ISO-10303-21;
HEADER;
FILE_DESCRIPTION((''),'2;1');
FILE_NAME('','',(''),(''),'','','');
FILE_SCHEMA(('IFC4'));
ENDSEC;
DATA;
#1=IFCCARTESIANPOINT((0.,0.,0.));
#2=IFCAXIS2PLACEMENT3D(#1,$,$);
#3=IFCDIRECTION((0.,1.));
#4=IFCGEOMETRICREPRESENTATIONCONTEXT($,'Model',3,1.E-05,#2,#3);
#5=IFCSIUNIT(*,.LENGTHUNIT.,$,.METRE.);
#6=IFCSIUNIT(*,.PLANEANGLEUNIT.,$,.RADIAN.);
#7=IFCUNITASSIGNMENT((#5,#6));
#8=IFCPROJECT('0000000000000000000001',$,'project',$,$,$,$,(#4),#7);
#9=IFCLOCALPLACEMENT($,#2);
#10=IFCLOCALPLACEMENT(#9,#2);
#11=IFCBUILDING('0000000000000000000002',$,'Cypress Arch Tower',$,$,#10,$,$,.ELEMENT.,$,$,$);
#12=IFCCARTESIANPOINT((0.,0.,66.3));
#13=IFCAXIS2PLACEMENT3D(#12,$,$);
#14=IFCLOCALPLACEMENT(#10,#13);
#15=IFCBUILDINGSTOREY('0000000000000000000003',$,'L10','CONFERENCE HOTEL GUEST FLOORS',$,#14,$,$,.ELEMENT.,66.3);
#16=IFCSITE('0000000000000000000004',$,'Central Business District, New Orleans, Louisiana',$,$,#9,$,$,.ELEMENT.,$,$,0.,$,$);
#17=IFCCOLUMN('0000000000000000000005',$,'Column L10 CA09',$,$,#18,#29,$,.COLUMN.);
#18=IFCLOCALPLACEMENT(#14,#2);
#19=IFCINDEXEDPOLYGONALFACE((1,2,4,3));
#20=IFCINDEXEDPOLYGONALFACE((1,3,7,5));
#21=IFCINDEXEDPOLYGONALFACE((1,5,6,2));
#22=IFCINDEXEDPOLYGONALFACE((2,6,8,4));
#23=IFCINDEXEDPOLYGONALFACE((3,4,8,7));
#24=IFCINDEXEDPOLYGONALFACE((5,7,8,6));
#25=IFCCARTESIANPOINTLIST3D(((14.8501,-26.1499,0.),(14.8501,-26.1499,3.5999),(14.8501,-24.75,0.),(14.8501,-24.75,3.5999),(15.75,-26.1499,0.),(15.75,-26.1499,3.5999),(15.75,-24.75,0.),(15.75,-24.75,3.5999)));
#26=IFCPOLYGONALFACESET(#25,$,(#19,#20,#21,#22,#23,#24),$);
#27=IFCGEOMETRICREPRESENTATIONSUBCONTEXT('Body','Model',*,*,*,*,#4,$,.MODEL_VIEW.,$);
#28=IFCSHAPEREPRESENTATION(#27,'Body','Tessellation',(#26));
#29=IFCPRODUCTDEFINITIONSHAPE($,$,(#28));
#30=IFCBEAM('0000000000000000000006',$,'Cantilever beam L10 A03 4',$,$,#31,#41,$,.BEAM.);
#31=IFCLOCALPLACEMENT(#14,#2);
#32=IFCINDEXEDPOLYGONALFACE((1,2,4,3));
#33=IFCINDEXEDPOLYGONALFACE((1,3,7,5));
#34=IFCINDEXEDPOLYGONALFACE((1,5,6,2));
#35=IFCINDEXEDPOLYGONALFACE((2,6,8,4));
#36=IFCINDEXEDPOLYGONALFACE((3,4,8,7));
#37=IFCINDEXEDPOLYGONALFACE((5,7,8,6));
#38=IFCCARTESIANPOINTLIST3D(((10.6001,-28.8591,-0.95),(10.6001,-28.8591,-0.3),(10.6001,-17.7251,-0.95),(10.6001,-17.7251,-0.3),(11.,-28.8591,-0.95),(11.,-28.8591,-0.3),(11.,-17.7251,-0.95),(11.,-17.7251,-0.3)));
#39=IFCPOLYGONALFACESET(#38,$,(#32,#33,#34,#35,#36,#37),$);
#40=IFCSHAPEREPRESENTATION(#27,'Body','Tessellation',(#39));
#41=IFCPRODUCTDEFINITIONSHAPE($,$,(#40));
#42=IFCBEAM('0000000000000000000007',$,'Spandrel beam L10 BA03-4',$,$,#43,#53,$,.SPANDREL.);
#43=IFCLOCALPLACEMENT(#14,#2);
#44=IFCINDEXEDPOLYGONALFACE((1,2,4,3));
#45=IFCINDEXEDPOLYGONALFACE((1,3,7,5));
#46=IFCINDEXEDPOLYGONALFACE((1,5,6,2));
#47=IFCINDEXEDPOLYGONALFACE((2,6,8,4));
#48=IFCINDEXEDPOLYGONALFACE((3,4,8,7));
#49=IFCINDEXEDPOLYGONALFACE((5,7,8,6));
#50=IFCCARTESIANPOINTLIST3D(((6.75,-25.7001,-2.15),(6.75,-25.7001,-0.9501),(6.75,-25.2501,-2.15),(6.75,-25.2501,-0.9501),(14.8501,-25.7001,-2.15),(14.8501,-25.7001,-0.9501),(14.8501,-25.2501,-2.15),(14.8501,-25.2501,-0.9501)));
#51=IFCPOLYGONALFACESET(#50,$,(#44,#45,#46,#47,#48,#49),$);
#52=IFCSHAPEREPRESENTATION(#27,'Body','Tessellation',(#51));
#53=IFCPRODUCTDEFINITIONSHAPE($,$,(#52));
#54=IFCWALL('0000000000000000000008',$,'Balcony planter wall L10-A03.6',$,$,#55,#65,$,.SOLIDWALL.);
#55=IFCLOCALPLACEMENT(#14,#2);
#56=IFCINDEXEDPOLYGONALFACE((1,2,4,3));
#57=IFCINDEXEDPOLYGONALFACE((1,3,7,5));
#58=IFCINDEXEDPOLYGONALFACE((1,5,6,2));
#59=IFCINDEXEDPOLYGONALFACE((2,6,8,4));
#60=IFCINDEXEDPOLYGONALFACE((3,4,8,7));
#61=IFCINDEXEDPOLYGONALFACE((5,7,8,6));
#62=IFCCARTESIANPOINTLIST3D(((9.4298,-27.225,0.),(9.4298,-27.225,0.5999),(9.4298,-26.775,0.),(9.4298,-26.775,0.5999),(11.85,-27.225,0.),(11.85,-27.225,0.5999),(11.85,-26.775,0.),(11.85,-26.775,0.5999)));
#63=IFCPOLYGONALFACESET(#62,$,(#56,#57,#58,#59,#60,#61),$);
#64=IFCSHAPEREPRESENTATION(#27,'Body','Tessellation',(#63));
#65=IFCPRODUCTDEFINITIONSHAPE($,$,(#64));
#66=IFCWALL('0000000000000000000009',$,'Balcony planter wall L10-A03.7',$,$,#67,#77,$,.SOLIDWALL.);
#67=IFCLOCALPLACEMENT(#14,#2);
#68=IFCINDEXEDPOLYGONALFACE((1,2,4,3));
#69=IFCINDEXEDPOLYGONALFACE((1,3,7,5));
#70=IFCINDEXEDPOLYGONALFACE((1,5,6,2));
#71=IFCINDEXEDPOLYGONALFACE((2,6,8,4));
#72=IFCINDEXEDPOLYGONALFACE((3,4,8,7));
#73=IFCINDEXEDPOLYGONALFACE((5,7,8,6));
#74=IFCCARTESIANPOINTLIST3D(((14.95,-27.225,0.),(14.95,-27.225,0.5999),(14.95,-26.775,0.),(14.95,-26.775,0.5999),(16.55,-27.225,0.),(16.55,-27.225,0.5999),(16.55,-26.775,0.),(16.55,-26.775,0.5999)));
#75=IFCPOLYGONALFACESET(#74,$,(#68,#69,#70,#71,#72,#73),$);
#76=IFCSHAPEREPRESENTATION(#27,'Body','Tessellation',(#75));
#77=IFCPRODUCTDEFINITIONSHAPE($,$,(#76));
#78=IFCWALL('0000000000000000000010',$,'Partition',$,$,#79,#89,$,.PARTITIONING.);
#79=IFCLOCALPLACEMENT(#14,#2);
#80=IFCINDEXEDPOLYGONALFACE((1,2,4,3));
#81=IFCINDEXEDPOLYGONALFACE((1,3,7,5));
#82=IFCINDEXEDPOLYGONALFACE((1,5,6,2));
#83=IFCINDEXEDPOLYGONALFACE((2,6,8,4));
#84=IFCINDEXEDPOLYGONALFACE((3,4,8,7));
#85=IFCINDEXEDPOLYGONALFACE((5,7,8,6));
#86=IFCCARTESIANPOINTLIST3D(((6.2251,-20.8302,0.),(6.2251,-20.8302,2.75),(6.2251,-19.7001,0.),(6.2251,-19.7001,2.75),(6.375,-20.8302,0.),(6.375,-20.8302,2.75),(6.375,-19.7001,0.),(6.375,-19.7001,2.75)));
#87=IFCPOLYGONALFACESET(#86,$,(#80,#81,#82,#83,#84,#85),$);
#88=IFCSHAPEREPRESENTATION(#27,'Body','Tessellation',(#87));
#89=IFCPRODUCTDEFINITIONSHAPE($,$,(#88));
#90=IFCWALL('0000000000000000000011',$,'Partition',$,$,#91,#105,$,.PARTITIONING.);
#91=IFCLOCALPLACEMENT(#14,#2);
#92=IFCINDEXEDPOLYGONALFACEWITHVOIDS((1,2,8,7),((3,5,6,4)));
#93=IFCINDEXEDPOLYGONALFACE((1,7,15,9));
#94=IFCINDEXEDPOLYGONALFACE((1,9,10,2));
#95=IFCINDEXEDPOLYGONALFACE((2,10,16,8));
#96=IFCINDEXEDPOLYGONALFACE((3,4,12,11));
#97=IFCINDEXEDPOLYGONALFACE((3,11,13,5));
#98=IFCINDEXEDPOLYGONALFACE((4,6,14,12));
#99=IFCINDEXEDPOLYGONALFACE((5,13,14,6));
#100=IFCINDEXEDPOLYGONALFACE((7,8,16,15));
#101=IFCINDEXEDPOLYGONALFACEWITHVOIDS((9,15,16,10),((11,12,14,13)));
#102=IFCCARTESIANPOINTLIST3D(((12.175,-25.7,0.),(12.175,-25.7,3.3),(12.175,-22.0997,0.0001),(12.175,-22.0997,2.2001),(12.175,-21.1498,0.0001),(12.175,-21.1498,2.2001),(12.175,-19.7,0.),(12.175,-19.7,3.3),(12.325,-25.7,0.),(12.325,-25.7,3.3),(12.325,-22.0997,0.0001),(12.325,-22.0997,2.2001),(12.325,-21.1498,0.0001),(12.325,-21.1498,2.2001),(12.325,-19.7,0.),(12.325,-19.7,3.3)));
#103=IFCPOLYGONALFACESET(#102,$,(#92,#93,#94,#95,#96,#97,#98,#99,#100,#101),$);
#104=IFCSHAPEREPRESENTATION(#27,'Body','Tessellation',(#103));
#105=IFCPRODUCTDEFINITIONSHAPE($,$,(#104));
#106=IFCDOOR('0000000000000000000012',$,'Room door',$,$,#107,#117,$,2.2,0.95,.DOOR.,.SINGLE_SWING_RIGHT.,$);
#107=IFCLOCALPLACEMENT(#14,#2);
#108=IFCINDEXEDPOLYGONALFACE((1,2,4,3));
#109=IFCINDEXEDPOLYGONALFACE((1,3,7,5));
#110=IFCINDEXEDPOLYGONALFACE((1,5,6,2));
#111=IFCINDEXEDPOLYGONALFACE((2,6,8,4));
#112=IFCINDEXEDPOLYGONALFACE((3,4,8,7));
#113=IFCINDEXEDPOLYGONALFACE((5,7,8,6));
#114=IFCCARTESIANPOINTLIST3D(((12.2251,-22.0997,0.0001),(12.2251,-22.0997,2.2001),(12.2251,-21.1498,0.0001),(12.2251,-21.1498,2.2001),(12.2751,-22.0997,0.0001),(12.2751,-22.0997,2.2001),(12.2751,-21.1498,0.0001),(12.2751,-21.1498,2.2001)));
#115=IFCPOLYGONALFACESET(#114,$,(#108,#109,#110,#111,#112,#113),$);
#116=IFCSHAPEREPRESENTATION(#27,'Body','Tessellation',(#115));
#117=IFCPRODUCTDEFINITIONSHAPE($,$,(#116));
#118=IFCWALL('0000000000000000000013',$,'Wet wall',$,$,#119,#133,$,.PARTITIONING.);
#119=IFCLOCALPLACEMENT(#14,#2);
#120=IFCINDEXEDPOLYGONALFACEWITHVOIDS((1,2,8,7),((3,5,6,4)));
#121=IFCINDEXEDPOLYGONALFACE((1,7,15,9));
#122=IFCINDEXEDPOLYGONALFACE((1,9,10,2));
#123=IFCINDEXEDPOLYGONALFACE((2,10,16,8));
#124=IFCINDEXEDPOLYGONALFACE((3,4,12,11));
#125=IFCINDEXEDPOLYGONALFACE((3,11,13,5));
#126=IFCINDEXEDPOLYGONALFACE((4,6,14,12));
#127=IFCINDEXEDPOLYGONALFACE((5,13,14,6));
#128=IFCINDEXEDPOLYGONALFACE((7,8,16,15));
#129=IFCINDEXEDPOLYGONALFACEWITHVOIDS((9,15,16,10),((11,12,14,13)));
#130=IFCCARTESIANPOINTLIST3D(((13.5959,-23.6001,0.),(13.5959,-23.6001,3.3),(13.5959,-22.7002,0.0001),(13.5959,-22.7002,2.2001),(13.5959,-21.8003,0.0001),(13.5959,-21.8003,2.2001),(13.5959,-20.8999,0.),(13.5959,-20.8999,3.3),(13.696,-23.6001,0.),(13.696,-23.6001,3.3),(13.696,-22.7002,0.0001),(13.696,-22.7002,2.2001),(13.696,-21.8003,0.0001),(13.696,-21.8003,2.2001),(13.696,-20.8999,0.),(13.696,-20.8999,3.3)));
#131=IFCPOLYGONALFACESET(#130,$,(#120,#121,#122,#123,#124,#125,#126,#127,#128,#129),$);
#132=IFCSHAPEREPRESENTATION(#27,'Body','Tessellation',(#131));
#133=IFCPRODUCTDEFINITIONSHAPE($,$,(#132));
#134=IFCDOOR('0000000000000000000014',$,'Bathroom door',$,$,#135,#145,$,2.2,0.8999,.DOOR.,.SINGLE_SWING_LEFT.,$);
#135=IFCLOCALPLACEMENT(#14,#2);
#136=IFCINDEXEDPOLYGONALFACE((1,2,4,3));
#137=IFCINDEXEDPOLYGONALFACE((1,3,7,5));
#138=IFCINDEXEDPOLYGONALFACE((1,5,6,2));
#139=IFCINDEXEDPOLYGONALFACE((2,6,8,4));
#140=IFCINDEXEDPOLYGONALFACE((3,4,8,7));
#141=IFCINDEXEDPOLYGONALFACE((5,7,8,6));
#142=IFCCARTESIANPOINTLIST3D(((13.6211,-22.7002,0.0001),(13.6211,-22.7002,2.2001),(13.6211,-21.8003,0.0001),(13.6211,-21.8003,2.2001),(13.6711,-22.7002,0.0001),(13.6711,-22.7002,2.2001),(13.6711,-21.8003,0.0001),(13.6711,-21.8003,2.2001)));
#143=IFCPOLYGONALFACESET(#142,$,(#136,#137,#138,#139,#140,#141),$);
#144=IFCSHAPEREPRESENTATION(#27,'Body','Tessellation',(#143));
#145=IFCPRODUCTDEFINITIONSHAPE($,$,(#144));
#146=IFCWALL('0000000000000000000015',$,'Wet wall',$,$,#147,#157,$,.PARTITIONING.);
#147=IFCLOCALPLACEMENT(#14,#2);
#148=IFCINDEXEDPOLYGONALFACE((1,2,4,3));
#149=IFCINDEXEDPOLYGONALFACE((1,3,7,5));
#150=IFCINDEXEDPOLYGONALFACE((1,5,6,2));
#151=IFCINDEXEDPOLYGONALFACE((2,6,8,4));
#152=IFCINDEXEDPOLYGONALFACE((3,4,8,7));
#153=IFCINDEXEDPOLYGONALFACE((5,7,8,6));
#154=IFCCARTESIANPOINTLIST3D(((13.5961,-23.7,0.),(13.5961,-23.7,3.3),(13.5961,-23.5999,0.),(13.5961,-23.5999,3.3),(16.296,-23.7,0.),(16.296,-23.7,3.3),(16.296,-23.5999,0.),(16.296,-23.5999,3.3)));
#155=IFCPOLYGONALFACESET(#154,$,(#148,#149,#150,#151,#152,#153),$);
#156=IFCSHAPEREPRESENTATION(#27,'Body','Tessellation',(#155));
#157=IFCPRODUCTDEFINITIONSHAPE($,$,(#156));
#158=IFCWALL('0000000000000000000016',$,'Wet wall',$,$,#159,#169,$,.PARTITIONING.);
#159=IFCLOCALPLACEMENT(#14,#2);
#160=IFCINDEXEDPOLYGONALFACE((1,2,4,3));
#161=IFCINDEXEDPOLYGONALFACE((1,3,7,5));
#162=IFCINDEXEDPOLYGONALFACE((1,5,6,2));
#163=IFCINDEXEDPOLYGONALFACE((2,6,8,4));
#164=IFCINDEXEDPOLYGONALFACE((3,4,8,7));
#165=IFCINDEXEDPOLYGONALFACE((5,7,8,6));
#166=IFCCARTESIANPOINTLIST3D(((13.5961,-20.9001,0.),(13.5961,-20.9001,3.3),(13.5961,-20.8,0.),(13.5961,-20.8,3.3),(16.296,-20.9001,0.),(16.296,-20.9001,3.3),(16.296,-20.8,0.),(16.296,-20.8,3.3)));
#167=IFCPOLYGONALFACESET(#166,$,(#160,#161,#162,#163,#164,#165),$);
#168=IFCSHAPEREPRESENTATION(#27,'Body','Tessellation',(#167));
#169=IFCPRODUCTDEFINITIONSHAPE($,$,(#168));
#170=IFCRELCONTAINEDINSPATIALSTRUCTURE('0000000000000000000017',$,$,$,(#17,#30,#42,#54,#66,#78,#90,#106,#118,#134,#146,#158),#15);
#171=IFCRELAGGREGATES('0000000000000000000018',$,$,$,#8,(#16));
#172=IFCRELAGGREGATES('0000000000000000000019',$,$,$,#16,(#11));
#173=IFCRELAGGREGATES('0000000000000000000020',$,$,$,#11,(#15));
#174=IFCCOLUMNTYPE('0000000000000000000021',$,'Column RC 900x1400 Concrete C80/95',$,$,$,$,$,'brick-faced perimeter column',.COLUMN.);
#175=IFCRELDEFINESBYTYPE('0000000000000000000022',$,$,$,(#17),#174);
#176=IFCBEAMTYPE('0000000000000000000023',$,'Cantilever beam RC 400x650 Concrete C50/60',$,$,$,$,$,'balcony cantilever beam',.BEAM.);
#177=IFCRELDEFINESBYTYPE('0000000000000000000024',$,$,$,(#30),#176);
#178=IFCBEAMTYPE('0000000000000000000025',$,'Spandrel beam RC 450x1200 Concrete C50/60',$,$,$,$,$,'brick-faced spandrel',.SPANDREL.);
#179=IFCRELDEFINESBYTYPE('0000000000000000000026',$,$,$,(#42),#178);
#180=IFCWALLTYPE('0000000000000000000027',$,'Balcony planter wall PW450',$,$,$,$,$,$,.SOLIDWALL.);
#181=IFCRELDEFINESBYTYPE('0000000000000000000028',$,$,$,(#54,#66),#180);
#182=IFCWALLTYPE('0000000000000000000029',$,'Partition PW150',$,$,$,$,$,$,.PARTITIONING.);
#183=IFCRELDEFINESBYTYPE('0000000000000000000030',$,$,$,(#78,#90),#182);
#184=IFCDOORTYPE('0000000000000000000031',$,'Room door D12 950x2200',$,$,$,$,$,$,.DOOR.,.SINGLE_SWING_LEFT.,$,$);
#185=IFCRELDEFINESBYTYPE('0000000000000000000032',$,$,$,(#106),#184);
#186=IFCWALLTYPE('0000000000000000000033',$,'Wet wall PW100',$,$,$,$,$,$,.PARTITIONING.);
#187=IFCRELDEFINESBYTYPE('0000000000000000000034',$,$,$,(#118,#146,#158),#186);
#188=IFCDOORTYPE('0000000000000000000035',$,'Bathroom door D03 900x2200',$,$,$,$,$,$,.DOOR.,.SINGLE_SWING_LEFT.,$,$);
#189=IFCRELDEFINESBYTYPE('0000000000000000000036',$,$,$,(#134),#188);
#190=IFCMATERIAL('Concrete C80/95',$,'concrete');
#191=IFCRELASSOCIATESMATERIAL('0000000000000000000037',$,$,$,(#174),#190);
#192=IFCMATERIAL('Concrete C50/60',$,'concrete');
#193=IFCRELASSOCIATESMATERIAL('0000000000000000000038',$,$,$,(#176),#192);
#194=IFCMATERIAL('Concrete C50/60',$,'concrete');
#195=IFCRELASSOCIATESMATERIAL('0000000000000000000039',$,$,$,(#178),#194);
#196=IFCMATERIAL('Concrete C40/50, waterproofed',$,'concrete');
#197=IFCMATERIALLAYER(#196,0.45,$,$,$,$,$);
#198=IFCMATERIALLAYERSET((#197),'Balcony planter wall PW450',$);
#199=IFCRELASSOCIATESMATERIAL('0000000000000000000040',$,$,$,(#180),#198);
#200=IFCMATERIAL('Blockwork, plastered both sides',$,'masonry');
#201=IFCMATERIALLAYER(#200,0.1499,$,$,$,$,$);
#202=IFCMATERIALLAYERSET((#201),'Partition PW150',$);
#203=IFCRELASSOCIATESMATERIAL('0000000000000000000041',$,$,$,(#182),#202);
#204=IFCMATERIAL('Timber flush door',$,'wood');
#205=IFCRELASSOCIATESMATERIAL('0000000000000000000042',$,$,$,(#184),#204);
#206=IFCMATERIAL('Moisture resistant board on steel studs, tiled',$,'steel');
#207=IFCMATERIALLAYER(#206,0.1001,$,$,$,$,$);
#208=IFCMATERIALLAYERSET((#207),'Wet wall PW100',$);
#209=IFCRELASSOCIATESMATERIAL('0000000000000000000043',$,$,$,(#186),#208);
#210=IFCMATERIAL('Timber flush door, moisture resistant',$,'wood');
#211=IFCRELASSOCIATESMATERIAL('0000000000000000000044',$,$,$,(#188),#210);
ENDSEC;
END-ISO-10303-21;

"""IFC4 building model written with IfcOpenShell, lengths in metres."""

from ifc_helpers import new_model, si_unit, direction, frame, frame_2d, origin, origin_2d, place, context, subcontext, project, spatial, rectangle, extrude, material, layer, layer_set, material_profile, profile_set, type_object, element, fill, save


model = new_model("IFC4")

# Units and contexts
model_context = context("Model", 3, precision=1e-05, world=origin(), true_north=direction((0.0, 1.0)))
body_context = subcontext(model_context, "Body", "Model", "MODEL_VIEW")
ifc_project = project(units=[si_unit("LENGTHUNIT", "METRE"), si_unit("PLANEANGLEUNIT", "RADIAN")], contexts=[model_context])

# Site, building, storey
site_placement = place(None, origin())
site = spatial("IfcSite", under=ifc_project, at=site_placement, Name="Central Business District, New Orleans, Louisiana", CompositionType="ELEMENT", RefElevation=0.0)
building_placement = place(site_placement, origin())
building = spatial("IfcBuilding", under=site, at=building_placement, Name="Cypress Arch Tower", CompositionType="ELEMENT")
storey_placement = place(building_placement, frame((0.0, 0.0, 66.3)))
storey = spatial("IfcBuildingStorey", under=building, at=storey_placement, Name="L10", Description="CONFERENCE HOTEL GUEST FLOORS", CompositionType="ELEMENT", Elevation=66.3)

# Column
ifc_material_1 = material(Name="Concrete C80/95", Category="concrete")
ifc_material_profile_1 = material_profile(ifc_material_1, rectangle(XDim=0.8999, YDim=1.3999, at=origin_2d()), Name="RC 900x1400")
ifc_profile_set_1 = profile_set([ifc_material_profile_1], Name="Concrete C80/95")
column_type = type_object("IfcColumnType", Name="Column RC 900x1400 Concrete C80/95", ElementType="brick-faced perimeter column", PredefinedType="COLUMN", material=ifc_profile_set_1)
column_placement = place(storey_placement, frame((15.3, -25.45, 0.0), z_axis=(0.0, 0.0, 1.0), x_axis=(1.0, 0.0, 0.0)))
element("IfcColumn", 1, at=column_placement, inside=storey, type_object=column_type, Name="Column L10 CA09", PredefinedType="COLUMN", context=body_context, shape_type="SweptSolid", body=[
    extrude(rectangle(XDim=0.8999, YDim=1.3999, at=origin_2d()), origin(), (0.0, 0.0, 1.0), 3.5999),
])

# Beams
ifc_material_2 = material(Name="Concrete C50/60", Category="concrete")
ifc_material_profile_2 = material_profile(ifc_material_2, rectangle(XDim=0.3999, YDim=0.6499, at=origin_2d()), Name="RC 400x650")
ifc_profile_set_2 = profile_set([ifc_material_profile_2], Name="Concrete C50/60")
beam_type_1 = type_object("IfcBeamType", Name="Cantilever beam RC 400x650 Concrete C50/60", ElementType="balcony cantilever beam", PredefinedType="BEAM", material=ifc_profile_set_2)
beam_1_placement = place(storey_placement, frame((10.8, -17.7251, -0.625), z_axis=(0.0, -1.0, 0.0), x_axis=(1.0, 0.0, 0.0)))
element("IfcBeam", 2, at=beam_1_placement, inside=storey, type_object=beam_type_1, Name="Cantilever beam L10 A03 4", PredefinedType="BEAM", context=body_context, shape_type="SweptSolid", body=[
    extrude(rectangle(XDim=0.3999, YDim=0.6499, at=origin_2d()), origin(), (0.0, 0.0, 1.0), 11.134),
])
ifc_material_3 = material(Name="Concrete C50/60", Category="concrete")
ifc_material_profile_3 = material_profile(ifc_material_3, rectangle(XDim=0.45, YDim=1.2, at=origin_2d()), Name="RC 450x1200")
ifc_profile_set_3 = profile_set([ifc_material_profile_3], Name="Concrete C50/60")
beam_type_2 = type_object("IfcBeamType", Name="Spandrel beam RC 450x1200 Concrete C50/60", ElementType="brick-faced spandrel", PredefinedType="SPANDREL", material=ifc_profile_set_3)
beam_2_placement = place(storey_placement, frame((6.75, -25.4751, -1.55), z_axis=(1.0, 0.0, 0.0), x_axis=(0.0, 1.0, 0.0)))
element("IfcBeam", 3, at=beam_2_placement, inside=storey, type_object=beam_type_2, Name="Spandrel beam L10 BA03-4", PredefinedType="SPANDREL", context=body_context, shape_type="SweptSolid", body=[
    extrude(rectangle(XDim=0.45, YDim=1.2, at=origin_2d()), origin(), (0.0, 0.0, 1.0), 8.1001),
])

# Walls
ifc_material_4 = material(Name="Concrete C40/50, waterproofed", Category="concrete")
ifc_layer_1 = layer(ifc_material_4, 0.45)
ifc_layer_set_1 = layer_set([ifc_layer_1], Name="Balcony planter wall PW450")
wall_type_1 = type_object("IfcWallType", Name="Balcony planter wall PW450", PredefinedType="SOLIDWALL", material=ifc_layer_set_1)
wall_1_placement = place(storey_placement, frame((9.4299, -27.0, 0.0), z_axis=(0.0, 0.0, 1.0), x_axis=(1.0, 0.0, 0.0)))
element("IfcWall", 4, at=wall_1_placement, inside=storey, type_object=wall_type_1, Name="Balcony planter wall L10-A03.6", PredefinedType="SOLIDWALL", context=body_context, shape_type="SweptSolid", body=[
    extrude(rectangle(XDim=2.4202, YDim=0.45, at=frame_2d((1.21, 0.0))), origin(), (0.0, 0.0, 1.0), 0.5999),
])
wall_2_placement = place(storey_placement, frame((14.95, -27.0, 0.0), z_axis=(0.0, 0.0, 1.0), x_axis=(1.0, 0.0, 0.0)))
element("IfcWall", 5, at=wall_2_placement, inside=storey, type_object=wall_type_1, Name="Balcony planter wall L10-A03.7", PredefinedType="SOLIDWALL", context=body_context, shape_type="SweptSolid", body=[
    extrude(rectangle(XDim=1.6001, YDim=0.45, at=frame_2d((0.8, 0.0))), origin(), (0.0, 0.0, 1.0), 0.5999),
])

# Wall
ifc_material_5 = material(Name="Blockwork, plastered both sides", Category="masonry")
ifc_layer_2 = layer(ifc_material_5, 0.1499)
ifc_layer_set_2 = layer_set([ifc_layer_2], Name="Partition PW150")
wall_type_2 = type_object("IfcWallType", Name="Partition PW150", PredefinedType="PARTITIONING", material=ifc_layer_set_2)
wall_3_placement = place(storey_placement, frame((6.3, -20.8301, 0.0), z_axis=(0.0, 0.0, 1.0), x_axis=(0.0, 1.0, 0.0)))
element("IfcWall", 6, at=wall_3_placement, inside=storey, type_object=wall_type_2, Name="Partition", PredefinedType="PARTITIONING", context=body_context, shape_type="SweptSolid", body=[
    extrude(rectangle(XDim=1.1301, YDim=0.1499, at=frame_2d((0.5649, 0.0))), origin(), (0.0, 0.0, 1.0), 2.75),
])

# Walls, openings, doors
wall_4_placement = place(storey_placement, frame((12.25, -25.7, 0.0), z_axis=(0.0, 0.0, 1.0), x_axis=(0.0, 1.0, 0.0)))
wall_4 = element("IfcWall", 7, at=wall_4_placement, inside=storey, type_object=wall_type_2, Name="Partition", PredefinedType="PARTITIONING", context=body_context, shape_type="SweptSolid", body=[
    extrude(rectangle(XDim=6.0, YDim=0.1499, at=frame_2d((3.0, 0.0))), origin(), (0.0, 0.0, 1.0), 3.3),
])
opening_1_placement = place(wall_4_placement, frame((3.6001, 0.0, 0.0)))
opening_1 = element("IfcOpeningElement", 8, at=opening_1_placement, cuts=wall_4, PredefinedType="OPENING", context=body_context, shape_type="SweptSolid", body=[
    extrude(rectangle(XDim=0.95, YDim=2.2, at=frame_2d((0.4751, 1.1001))), frame((0.0, 0.085, 0.0), z_axis=(0.0, -1.0, 0.0), x_axis=(1.0, 0.0, 0.0)), (0.0, 0.0, 1.0), 0.1699),
])
ifc_material_6 = material(Name="Timber flush door", Category="wood")
door_type_1 = type_object("IfcDoorType", Name="Room door D12 950x2200", OperationType="SINGLE_SWING_LEFT", PredefinedType="DOOR", material=ifc_material_6)
door_1_placement = place(opening_1_placement, origin())
door_1 = element("IfcDoor", 9, at=door_1_placement, inside=storey, type_object=door_type_1, Name="Room door", OperationType="SINGLE_SWING_RIGHT", OverallHeight=2.2, OverallWidth=0.95, PredefinedType="DOOR", context=body_context, shape_type="SweptSolid", body=[
    extrude(rectangle(XDim=0.95, YDim=2.2, at=frame_2d((0.4751, 1.1001))), frame((0.0, 0.0249, 0.0), z_axis=(0.0, -1.0, 0.0), x_axis=(1.0, 0.0, 0.0)), (0.0, 0.0, 1.0), 0.05),
])
fill(opening_1, door_1)
ifc_material_7 = material(Name="Moisture resistant board on steel studs, tiled", Category="steel")
ifc_layer_3 = layer(ifc_material_7, 0.1001)
ifc_layer_set_3 = layer_set([ifc_layer_3], Name="Wet wall PW100")
wall_type_3 = type_object("IfcWallType", Name="Wet wall PW100", PredefinedType="PARTITIONING", material=ifc_layer_set_3)
wall_5_placement = place(storey_placement, frame((13.646, -23.6001, 0.0), z_axis=(0.0, 0.0, 1.0), x_axis=(0.0, 1.0, 0.0)))
wall_5 = element("IfcWall", 10, at=wall_5_placement, inside=storey, type_object=wall_type_3, Name="Wet wall", PredefinedType="PARTITIONING", context=body_context, shape_type="SweptSolid", body=[
    extrude(rectangle(XDim=2.7002, YDim=0.1001, at=frame_2d((1.3501, 0.0))), origin(), (0.0, 0.0, 1.0), 3.3),
])
opening_2_placement = place(wall_5_placement, frame((0.8999, 0.0, 0.0)))
opening_2 = element("IfcOpeningElement", 11, at=opening_2_placement, cuts=wall_5, PredefinedType="OPENING", context=body_context, shape_type="SweptSolid", body=[
    extrude(rectangle(XDim=0.8999, YDim=2.2, at=frame_2d((0.45, 1.1001))), frame((0.0, 0.0601, 0.0), z_axis=(0.0, -1.0, 0.0), x_axis=(1.0, 0.0, 0.0)), (0.0, 0.0, 1.0), 0.1201),
])
ifc_material_8 = material(Name="Timber flush door, moisture resistant", Category="wood")
door_type_2 = type_object("IfcDoorType", Name="Bathroom door D03 900x2200", OperationType="SINGLE_SWING_LEFT", PredefinedType="DOOR", material=ifc_material_8)
door_2_placement = place(opening_2_placement, origin())
door_2 = element("IfcDoor", 12, at=door_2_placement, inside=storey, type_object=door_type_2, Name="Bathroom door", OperationType="SINGLE_SWING_LEFT", OverallHeight=2.2, OverallWidth=0.8999, PredefinedType="DOOR", context=body_context, shape_type="SweptSolid", body=[
    extrude(rectangle(XDim=0.8999, YDim=2.2, at=frame_2d((0.45, 1.1001))), frame((0.0, 0.0249, 0.0), z_axis=(0.0, -1.0, 0.0), x_axis=(1.0, 0.0, 0.0)), (0.0, 0.0, 1.0), 0.05),
])
fill(opening_2, door_2)

# Walls
for number, where, z_axis, x_axis, name in (
    (13, (13.5959, -23.6499, 0.0), (0.0, 0.0, 1.0), (1.0, 0.0, 0.0), "Wet wall"),
    (14, (13.5959, -20.8501, 0.0), (0.0, 0.0, 1.0), (1.0, 0.0, 0.0), "Wet wall"),
):
    element("IfcWall", number, at=place(storey_placement, frame(where, z_axis=z_axis, x_axis=x_axis)), inside=storey, type_object=wall_type_3, Name=name, PredefinedType="PARTITIONING", context=body_context, shape_type="SweptSolid", body=[
        extrude(rectangle(XDim=2.7, YDim=0.1001, at=frame_2d((1.3501, 0.0))), origin(), (0.0, 0.0, 1.0), 3.3),
    ])

save(model, "model.ifc")
